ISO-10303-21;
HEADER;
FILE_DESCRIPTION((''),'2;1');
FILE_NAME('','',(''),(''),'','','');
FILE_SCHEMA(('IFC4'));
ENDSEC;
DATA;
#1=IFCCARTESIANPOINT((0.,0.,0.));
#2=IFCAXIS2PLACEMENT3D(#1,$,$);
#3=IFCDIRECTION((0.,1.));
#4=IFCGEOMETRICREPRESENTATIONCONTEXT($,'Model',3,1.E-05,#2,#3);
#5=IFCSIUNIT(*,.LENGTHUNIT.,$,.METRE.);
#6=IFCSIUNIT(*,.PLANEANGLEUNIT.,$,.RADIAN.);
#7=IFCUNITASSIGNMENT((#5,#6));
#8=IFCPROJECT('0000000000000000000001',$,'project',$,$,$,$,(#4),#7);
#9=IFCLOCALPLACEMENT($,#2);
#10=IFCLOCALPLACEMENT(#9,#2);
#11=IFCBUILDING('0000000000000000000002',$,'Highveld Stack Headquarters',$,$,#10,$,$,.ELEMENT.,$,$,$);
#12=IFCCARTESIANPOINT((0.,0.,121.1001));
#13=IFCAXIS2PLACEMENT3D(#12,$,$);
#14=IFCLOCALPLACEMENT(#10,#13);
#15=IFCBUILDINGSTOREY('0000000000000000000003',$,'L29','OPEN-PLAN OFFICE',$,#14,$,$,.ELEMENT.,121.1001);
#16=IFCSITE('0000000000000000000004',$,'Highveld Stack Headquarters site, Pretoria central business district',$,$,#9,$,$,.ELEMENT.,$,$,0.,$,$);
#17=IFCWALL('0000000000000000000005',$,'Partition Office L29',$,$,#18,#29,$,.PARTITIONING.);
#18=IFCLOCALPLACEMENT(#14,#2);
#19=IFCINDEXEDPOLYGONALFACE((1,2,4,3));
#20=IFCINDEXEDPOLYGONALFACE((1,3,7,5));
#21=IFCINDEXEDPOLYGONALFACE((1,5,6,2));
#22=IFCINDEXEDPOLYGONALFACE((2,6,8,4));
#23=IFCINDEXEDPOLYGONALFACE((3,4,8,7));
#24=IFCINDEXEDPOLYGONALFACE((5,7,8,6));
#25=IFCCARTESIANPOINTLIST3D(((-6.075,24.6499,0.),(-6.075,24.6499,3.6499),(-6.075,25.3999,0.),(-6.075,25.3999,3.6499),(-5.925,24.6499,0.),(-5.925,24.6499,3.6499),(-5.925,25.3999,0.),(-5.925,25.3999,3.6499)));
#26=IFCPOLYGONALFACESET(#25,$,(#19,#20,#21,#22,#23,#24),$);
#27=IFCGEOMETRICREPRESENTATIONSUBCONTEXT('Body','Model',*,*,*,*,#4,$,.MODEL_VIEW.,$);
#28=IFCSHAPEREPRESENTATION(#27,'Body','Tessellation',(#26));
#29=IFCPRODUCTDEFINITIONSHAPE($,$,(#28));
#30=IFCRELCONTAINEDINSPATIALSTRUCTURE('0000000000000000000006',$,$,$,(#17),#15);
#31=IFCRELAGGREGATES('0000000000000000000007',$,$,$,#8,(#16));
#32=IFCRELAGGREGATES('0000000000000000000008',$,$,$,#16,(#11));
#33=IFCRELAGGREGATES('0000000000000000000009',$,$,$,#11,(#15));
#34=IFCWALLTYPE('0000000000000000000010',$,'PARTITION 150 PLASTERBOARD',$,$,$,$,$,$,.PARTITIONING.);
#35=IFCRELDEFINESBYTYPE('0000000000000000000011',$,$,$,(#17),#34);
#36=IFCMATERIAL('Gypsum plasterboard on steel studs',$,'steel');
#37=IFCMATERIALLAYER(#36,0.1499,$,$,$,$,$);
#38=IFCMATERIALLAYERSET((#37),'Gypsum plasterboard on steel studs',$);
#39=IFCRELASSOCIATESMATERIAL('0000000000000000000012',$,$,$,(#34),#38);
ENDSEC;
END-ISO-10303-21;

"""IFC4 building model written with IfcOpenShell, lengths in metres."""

from ifc_helpers import new_model, si_unit, direction, frame, frame_2d, origin, place, context, subcontext, project, spatial, rectangle, extrude, material, layer, layer_set, type_object, element, save


model = new_model("IFC4")

# Units and contexts
model_context = context("Model", 3, precision=1e-05, world=origin(), true_north=direction((0.0, 1.0)))
body_context = subcontext(model_context, "Body", "Model", "MODEL_VIEW")
ifc_project = project(units=[si_unit("LENGTHUNIT", "METRE"), si_unit("PLANEANGLEUNIT", "RADIAN")], contexts=[model_context])

# Site, building, storey
site_placement = place(None, origin())
site = spatial("IfcSite", under=ifc_project, at=site_placement, Name="Highveld Stack Headquarters site, Pretoria central business district", CompositionType="ELEMENT", RefElevation=0.0)
building_placement = place(site_placement, origin())
building = spatial("IfcBuilding", under=site, at=building_placement, Name="Highveld Stack Headquarters", CompositionType="ELEMENT")
storey_placement = place(building_placement, frame((0.0, 0.0, 121.1001)))
storey = spatial("IfcBuildingStorey", under=building, at=storey_placement, Name="L29", Description="OPEN-PLAN OFFICE", CompositionType="ELEMENT", Elevation=121.1001)

# Shared definitions
ifc_material_1 = material(Name="Gypsum plasterboard on steel studs", Category="steel")
ifc_layer_1 = layer(ifc_material_1, 0.1499)
ifc_layer_set_1 = layer_set([ifc_layer_1], Name="Gypsum plasterboard on steel studs")
wall_type = type_object("IfcWallType", Name="PARTITION 150 PLASTERBOARD", PredefinedType="PARTITIONING", material=ifc_layer_set_1)

# Wall
wall_1_placement = place(storey_placement, frame((-6.0, 24.6499, 0.0), z_axis=(0.0, 0.0, 1.0), x_axis=(0.0, 1.0, 0.0)))
element("IfcWall", 1, at=wall_1_placement, inside=storey, type_object=wall_type, Name="Partition Office L29", PredefinedType="PARTITIONING", context=body_context, shape_type="SweptSolid", body=[
    extrude(rectangle(XDim=0.75, YDim=0.1499, at=frame_2d((0.375, 0.0))), origin(), (0.0, 0.0, 1.0), 3.6499),
])

save(model, "model.ifc")
